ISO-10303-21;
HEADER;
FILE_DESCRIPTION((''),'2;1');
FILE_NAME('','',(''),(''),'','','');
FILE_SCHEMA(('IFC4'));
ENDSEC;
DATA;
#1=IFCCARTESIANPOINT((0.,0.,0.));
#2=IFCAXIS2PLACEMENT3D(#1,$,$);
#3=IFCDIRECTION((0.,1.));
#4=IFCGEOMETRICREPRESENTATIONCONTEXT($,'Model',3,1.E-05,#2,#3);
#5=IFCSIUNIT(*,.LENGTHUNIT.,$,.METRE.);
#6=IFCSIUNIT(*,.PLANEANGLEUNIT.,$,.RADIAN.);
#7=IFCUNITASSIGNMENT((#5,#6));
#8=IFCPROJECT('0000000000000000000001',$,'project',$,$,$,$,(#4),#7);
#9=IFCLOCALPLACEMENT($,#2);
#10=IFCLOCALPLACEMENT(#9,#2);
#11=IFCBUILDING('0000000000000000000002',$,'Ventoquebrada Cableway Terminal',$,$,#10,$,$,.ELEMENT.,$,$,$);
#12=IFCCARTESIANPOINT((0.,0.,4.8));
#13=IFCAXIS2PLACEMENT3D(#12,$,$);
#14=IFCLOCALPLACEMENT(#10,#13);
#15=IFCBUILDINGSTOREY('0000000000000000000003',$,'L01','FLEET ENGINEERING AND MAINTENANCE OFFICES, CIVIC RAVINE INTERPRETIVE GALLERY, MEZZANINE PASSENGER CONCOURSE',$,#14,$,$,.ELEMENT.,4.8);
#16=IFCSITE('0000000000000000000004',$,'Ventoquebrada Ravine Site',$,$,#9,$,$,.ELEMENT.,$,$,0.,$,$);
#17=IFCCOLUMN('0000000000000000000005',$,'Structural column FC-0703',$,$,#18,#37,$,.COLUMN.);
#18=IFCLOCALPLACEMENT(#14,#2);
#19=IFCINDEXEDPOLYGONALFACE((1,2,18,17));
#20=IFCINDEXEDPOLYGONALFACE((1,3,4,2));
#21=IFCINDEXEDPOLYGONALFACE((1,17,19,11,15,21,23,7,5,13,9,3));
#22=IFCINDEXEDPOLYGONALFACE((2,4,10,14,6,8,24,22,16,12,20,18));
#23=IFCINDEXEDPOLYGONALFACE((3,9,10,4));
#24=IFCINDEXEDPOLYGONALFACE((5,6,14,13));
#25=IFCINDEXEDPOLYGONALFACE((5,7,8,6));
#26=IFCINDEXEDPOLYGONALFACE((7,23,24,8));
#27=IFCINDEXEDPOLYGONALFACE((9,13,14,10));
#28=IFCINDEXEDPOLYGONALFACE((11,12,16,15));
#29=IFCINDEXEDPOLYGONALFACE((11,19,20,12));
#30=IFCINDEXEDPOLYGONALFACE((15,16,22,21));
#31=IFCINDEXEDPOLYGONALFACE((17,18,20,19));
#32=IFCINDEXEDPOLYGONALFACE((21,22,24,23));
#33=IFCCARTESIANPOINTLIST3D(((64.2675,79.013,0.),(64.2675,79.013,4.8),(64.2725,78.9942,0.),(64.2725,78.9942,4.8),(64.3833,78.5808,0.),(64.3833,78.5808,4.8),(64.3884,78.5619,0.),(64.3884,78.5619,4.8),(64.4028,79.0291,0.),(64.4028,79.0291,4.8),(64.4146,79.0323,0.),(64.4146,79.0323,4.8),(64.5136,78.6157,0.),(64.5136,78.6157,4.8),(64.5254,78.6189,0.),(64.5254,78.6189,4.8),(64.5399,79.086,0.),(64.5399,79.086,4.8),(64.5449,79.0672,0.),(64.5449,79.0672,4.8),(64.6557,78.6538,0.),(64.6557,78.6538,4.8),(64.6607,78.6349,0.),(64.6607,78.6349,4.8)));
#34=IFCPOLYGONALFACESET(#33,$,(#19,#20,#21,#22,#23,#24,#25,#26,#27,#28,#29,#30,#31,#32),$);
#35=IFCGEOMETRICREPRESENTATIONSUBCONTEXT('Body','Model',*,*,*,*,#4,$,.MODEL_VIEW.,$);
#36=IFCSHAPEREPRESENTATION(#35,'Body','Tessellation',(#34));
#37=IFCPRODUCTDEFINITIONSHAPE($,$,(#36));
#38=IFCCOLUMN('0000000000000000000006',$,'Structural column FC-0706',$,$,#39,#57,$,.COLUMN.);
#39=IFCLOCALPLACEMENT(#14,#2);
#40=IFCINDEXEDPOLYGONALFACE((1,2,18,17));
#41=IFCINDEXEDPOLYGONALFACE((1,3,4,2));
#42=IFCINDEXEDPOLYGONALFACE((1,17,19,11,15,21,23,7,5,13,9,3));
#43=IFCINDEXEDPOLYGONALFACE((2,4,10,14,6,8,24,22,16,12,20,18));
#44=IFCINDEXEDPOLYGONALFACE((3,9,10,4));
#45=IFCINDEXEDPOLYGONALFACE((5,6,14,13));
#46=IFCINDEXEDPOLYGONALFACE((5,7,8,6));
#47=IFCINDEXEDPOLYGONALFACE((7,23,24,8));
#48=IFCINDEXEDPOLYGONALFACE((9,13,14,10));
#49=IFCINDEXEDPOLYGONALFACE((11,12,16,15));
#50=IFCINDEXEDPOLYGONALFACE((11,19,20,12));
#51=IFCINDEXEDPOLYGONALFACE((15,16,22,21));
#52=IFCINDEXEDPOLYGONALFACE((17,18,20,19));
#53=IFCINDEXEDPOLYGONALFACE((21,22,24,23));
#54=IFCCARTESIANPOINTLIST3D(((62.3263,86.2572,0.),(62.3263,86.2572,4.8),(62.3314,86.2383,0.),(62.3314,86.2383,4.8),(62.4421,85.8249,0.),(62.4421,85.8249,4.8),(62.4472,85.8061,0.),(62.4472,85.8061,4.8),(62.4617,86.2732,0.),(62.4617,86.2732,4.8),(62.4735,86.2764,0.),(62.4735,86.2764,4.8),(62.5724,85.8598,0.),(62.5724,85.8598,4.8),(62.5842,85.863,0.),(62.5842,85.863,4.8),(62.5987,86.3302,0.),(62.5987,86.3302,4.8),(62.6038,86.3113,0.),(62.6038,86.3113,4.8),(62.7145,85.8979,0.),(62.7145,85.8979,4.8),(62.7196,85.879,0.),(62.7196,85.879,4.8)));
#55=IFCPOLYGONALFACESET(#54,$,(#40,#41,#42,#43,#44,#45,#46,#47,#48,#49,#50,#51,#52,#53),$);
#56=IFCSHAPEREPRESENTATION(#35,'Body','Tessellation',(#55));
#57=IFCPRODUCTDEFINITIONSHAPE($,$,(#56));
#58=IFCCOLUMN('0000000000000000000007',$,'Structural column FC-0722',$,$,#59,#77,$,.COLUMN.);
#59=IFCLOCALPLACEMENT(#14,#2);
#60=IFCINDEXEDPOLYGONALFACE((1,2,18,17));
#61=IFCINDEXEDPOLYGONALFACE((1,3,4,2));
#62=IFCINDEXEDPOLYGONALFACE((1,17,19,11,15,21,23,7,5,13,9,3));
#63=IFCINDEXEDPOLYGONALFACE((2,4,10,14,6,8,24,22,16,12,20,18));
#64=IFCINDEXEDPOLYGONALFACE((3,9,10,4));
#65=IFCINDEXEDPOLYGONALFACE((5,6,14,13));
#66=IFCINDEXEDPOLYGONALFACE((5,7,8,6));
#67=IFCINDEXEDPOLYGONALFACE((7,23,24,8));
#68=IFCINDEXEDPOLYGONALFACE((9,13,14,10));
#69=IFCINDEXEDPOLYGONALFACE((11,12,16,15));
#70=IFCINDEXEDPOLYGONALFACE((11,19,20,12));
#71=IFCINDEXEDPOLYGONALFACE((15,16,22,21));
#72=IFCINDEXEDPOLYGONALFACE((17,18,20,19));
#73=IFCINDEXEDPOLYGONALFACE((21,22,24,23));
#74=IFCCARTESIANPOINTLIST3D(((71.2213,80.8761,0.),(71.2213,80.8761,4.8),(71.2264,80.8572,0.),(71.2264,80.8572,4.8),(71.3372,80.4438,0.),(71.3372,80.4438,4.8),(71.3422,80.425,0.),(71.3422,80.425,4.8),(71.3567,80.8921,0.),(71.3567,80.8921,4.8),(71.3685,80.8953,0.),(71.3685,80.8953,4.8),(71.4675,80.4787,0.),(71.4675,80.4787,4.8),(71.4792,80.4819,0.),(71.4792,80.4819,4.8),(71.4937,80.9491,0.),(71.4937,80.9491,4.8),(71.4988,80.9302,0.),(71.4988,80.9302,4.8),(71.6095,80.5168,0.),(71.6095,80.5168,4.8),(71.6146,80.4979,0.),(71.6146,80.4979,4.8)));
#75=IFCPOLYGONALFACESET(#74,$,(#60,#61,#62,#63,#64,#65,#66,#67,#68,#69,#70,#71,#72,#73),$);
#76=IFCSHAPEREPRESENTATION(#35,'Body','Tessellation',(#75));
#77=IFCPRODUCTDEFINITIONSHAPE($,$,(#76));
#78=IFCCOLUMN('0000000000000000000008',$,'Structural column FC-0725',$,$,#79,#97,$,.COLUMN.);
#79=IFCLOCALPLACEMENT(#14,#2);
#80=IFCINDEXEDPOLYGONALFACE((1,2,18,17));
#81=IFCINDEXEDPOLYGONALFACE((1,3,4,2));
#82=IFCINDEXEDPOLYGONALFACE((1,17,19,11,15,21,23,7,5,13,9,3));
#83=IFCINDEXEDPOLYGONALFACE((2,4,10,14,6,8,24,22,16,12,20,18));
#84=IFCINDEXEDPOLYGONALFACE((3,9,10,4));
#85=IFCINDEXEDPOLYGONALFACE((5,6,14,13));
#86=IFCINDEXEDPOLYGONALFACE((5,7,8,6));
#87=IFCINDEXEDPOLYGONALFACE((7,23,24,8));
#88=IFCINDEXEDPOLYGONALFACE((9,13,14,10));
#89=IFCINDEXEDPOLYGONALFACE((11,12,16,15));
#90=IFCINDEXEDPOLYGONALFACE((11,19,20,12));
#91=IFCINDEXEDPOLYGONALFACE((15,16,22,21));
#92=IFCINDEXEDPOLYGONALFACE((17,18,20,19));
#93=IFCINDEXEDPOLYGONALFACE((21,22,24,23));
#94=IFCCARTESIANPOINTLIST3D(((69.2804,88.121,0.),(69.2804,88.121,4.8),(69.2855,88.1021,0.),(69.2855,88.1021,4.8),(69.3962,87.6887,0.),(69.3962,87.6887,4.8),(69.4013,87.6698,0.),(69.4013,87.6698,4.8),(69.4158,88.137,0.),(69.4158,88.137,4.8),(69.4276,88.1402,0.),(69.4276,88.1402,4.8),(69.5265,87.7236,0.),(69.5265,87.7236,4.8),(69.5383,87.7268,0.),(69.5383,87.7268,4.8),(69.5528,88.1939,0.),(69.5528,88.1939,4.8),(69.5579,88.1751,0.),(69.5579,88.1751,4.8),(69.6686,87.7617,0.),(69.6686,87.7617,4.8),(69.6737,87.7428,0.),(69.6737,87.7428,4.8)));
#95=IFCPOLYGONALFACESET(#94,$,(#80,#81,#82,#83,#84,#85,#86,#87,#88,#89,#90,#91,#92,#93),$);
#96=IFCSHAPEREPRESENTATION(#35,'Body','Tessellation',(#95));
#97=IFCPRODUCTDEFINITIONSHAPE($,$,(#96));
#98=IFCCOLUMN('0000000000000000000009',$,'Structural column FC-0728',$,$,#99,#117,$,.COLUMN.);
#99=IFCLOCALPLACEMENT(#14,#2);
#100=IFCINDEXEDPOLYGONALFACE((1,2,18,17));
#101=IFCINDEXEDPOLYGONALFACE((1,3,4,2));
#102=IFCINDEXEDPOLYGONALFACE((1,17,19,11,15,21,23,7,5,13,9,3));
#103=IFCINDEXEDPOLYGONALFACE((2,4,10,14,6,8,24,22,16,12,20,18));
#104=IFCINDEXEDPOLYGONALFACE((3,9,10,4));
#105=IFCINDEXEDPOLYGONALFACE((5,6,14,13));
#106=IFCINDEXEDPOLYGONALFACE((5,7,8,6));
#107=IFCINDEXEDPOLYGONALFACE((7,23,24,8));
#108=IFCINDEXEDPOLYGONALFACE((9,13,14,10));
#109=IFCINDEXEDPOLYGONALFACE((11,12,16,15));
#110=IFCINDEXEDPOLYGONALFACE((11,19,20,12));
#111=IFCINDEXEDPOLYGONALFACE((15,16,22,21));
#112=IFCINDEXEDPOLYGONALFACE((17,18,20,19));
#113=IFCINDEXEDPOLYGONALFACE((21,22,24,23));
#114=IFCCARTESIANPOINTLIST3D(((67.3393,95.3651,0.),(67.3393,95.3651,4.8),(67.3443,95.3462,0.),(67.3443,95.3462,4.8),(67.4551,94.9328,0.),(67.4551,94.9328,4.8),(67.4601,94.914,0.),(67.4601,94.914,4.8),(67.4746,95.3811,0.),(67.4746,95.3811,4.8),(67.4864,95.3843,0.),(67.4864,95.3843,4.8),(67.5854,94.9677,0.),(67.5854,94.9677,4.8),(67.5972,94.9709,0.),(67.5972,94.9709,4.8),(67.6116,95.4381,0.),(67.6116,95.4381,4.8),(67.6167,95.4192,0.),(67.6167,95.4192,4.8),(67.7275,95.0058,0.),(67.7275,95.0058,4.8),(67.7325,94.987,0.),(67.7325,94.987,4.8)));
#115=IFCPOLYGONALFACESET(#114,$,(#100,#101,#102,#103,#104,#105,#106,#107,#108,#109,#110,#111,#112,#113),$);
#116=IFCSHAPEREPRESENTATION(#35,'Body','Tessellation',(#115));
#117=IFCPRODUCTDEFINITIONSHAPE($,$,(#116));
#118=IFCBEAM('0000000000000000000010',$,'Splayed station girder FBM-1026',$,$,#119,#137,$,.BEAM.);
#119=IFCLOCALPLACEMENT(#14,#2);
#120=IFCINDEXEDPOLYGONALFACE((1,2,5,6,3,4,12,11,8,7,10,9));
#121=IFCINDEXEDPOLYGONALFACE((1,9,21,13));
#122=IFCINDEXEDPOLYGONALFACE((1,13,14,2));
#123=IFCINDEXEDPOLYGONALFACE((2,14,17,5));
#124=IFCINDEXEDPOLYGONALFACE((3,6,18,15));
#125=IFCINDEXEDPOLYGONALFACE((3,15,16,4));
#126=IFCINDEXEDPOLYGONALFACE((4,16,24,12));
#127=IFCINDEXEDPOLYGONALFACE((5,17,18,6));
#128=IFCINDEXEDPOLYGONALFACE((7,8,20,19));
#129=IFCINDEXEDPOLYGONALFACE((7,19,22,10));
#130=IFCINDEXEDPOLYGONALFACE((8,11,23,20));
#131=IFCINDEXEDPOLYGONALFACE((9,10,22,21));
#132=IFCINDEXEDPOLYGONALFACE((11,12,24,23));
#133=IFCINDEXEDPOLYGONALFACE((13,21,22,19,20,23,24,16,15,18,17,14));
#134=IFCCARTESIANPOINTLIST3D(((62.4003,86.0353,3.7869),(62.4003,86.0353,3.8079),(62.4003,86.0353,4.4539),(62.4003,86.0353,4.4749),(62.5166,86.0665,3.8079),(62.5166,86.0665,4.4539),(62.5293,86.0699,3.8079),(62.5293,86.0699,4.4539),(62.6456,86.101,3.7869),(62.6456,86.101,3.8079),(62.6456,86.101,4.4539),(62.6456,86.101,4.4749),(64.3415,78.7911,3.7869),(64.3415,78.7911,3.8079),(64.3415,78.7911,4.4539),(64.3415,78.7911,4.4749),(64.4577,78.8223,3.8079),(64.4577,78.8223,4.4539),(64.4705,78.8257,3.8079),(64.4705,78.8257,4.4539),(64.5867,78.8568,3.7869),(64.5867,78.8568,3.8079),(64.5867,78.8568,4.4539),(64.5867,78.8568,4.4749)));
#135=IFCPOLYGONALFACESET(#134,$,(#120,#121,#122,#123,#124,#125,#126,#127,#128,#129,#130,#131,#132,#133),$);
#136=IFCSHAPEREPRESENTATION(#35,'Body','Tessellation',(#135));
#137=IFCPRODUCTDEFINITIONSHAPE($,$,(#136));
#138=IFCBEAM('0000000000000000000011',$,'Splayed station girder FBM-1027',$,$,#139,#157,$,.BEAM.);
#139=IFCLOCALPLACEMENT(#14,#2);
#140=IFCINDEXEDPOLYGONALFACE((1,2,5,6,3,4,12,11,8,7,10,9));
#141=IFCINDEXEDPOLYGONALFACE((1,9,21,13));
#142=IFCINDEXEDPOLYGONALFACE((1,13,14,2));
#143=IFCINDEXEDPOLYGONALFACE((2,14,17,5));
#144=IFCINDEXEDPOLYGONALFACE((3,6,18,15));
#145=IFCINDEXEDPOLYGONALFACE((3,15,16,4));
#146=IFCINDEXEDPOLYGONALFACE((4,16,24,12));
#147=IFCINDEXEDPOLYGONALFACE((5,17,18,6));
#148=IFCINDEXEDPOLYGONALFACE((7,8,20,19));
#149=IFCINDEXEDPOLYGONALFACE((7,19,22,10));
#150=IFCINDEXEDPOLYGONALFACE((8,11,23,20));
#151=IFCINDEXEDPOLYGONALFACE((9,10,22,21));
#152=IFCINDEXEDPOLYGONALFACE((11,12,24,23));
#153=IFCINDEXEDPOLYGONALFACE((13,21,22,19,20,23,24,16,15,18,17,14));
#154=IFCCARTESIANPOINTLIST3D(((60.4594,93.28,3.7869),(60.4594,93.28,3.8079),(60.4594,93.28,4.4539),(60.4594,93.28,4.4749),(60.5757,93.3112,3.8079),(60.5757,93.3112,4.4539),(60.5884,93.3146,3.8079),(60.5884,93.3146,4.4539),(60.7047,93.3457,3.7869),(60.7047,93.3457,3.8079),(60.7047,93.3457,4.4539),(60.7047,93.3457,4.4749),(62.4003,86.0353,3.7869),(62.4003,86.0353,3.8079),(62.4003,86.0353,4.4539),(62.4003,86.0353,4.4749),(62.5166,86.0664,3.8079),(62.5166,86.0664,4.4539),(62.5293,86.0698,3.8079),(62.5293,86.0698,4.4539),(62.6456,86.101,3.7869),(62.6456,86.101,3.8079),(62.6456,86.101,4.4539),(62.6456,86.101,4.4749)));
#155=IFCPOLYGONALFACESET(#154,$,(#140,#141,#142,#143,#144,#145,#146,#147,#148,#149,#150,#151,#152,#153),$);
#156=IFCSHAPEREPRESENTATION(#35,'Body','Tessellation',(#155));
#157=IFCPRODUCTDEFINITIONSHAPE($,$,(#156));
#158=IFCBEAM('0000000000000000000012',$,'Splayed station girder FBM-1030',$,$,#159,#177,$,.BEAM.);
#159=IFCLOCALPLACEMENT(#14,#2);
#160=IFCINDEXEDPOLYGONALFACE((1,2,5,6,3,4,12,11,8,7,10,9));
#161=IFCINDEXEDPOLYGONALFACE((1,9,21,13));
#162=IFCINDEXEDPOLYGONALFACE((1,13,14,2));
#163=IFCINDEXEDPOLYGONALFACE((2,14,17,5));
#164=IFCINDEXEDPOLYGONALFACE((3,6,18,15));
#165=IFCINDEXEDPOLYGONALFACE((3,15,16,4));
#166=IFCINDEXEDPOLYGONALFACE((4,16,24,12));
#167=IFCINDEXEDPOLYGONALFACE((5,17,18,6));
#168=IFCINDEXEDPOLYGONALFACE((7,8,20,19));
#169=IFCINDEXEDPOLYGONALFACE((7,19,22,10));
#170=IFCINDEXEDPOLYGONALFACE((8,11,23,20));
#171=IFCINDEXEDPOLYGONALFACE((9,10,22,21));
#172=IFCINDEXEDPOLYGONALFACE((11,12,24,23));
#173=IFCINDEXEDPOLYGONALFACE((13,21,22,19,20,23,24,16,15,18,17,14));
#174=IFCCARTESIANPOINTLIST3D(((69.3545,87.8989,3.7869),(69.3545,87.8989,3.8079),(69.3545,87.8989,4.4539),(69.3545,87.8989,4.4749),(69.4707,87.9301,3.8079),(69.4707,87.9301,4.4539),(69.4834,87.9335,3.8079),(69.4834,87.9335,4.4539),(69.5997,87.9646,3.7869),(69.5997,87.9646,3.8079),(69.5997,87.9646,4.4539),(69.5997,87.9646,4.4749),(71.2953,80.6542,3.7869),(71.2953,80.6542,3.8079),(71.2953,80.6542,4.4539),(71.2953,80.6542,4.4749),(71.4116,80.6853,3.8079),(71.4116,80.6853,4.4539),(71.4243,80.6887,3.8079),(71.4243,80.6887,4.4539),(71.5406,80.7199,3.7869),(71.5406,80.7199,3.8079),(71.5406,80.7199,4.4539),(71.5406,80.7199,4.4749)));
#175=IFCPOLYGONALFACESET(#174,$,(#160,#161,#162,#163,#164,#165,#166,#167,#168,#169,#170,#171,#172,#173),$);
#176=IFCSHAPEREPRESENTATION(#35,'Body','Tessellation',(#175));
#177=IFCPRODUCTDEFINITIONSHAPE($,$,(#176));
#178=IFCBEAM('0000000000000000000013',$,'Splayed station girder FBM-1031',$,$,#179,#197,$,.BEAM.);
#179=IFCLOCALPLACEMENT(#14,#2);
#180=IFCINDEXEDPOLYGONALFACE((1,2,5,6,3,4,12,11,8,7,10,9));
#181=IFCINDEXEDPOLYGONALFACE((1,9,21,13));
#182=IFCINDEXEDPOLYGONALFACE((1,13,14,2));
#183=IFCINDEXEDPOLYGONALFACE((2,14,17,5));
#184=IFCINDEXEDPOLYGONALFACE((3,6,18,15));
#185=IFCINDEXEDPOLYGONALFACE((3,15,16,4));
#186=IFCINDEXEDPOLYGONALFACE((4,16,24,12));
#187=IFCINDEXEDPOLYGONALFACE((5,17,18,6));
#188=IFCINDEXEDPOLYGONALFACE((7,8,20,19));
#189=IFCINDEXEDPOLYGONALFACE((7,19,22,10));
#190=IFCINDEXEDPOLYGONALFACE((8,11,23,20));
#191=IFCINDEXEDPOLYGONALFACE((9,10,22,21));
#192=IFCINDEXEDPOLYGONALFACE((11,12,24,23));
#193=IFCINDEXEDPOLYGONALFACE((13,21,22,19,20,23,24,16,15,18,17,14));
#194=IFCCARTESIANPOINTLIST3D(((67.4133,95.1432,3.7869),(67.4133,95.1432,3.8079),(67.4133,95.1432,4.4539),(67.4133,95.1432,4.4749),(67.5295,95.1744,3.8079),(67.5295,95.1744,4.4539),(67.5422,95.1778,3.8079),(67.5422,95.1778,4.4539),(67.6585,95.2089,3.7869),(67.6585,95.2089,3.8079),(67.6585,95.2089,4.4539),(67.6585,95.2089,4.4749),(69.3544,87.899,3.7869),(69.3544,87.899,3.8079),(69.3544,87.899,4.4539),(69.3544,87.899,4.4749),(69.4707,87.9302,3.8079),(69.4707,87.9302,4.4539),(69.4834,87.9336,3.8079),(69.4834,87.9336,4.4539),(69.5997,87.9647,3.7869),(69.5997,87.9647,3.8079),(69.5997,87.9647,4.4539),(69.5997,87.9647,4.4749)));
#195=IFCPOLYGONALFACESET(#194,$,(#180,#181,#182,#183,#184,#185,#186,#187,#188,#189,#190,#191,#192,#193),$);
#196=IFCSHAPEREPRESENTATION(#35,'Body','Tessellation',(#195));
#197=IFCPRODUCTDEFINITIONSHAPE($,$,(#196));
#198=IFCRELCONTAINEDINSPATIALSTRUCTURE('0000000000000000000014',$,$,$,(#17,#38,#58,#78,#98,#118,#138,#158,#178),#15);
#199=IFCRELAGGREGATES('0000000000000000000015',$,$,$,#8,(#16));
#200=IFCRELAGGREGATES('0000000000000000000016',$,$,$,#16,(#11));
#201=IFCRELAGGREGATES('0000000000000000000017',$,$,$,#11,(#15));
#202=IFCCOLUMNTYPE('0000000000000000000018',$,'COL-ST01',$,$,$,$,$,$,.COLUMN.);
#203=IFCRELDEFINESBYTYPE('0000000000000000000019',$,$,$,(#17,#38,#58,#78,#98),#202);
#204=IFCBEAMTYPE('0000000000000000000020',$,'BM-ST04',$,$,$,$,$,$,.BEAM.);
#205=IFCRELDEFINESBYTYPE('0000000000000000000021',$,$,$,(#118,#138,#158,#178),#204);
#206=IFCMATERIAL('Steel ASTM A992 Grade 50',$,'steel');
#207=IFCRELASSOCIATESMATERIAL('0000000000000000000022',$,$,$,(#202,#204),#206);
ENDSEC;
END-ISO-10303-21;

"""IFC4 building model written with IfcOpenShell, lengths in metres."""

from ifc_helpers import new_model, si_unit, direction, frame, origin, origin_2d, place, context, subcontext, project, spatial, i_section, extrude, material, material_profile, profile_set, type_object, element, save


model = new_model("IFC4")

# Units and contexts
model_context = context("Model", 3, precision=1e-05, world=origin(), true_north=direction((0.0, 1.0)))
body_context = subcontext(model_context, "Body", "Model", "MODEL_VIEW")
ifc_project = project(units=[si_unit("LENGTHUNIT", "METRE"), si_unit("PLANEANGLEUNIT", "RADIAN")], contexts=[model_context])

# Site, building, storey
site_placement = place(None, origin())
site = spatial("IfcSite", under=ifc_project, at=site_placement, Name="Ventoquebrada Ravine Site", CompositionType="ELEMENT", RefElevation=0.0)
building_placement = place(site_placement, origin())
building = spatial("IfcBuilding", under=site, at=building_placement, Name="Ventoquebrada Cableway Terminal", CompositionType="ELEMENT")
storey_placement = place(building_placement, frame((0.0, 0.0, 4.8)))
storey = spatial("IfcBuildingStorey", under=building, at=storey_placement, Name="L01", Description="FLEET ENGINEERING AND MAINTENANCE OFFICES, CIVIC RAVINE INTERPRETIVE GALLERY, MEZZANINE PASSENGER CONCOURSE", CompositionType="ELEMENT", Elevation=4.8)

# Columns
ifc_material_1 = material(Name="Steel ASTM A992 Grade 50", Category="steel")
ifc_material_profile_1 = material_profile(ifc_material_1, i_section(OverallWidth=0.282, OverallDepth=0.467, WebThickness=0.0122, FlangeThickness=0.0195, at=origin_2d()), Name="W18X86")
ifc_profile_set_1 = profile_set([ifc_material_profile_1], Name="Steel ASTM A992 Grade 50")
column_type = type_object("IfcColumnType", Name="COL-ST01", PredefinedType="COLUMN", material=ifc_profile_set_1)
for number, where, z_axis, x_axis, name in (
    (1, (64.4641, 78.824, 0.0), (0.0, 0.0, 1.0), (0.965926, 0.258819, 0.0), "Structural column FC-0703"),
    (2, (62.5229, 86.0681, 0.0), (0.0, 0.0, 1.0), (0.965926, 0.258819, 0.0), "Structural column FC-0706"),
    (3, (71.418, 80.687, 0.0), (0.0, 0.0, 1.0), (0.965926, 0.258819, 0.0), "Structural column FC-0722"),
    (4, (69.4771, 87.9319, 0.0), (0.0, 0.0, 1.0), (0.965926, 0.258819, 0.0), "Structural column FC-0725"),
    (5, (67.5359, 95.176, 0.0), (0.0, 0.0, 1.0), (0.965926, 0.258819, 0.0), "Structural column FC-0728"),
):
    element("IfcColumn", number, at=place(storey_placement, frame(where, z_axis=z_axis, x_axis=x_axis)), inside=storey, type_object=column_type, Name=name, PredefinedType="COLUMN", context=body_context, shape_type="SweptSolid", body=[
        extrude(i_section(OverallWidth=0.282, OverallDepth=0.467, WebThickness=0.0122, FlangeThickness=0.0195, at=origin_2d()), origin(), (0.0, 0.0, 1.0), 4.8),
    ])

# Beams
ifc_material_profile_2 = material_profile(ifc_material_1, i_section(OverallWidth=0.2539, OverallDepth=0.688, WebThickness=0.0132, FlangeThickness=0.021, at=origin_2d()), Name="W27X102")
ifc_profile_set_2 = profile_set([ifc_material_profile_2], Name="Steel ASTM A992 Grade 50")
beam_type_1 = type_object("IfcBeamType", Name="BM-ST04", PredefinedType="BEAM", material=ifc_profile_set_2)
beam_1_placement = place(storey_placement, frame((64.4641, 78.824, 4.1309), z_axis=(-0.258832, 0.965922, 0.0), x_axis=(-0.965922, -0.258832, 0.0)))
element("IfcBeam", 6, at=beam_1_placement, inside=storey, type_object=beam_type_1, Name="Splayed station girder FBM-1026", PredefinedType="BEAM", context=body_context, shape_type="SweptSolid", body=[
    extrude(i_section(OverallWidth=0.2539, OverallDepth=0.688, WebThickness=0.0132, FlangeThickness=0.021, at=origin_2d()), origin(), (0.0, 0.0, 1.0), 7.4998),
])
for number, where, z_axis, x_axis, name in (
    (7, (62.5229, 86.0681, 4.1309), (-0.258777, 0.965937, 0.0), (-0.965937, -0.258777, 0.0), "Splayed station girder FBM-1027"),
    (8, (71.418, 80.687, 4.1309), (-0.258777, 0.965937, 0.0), (-0.965937, -0.258777, 0.0), "Splayed station girder FBM-1030"),
):
    element("IfcBeam", number, at=place(storey_placement, frame(where, z_axis=z_axis, x_axis=x_axis)), inside=storey, type_object=beam_type_1, Name=name, PredefinedType="BEAM", context=body_context, shape_type="SweptSolid", body=[
        extrude(i_section(OverallWidth=0.2539, OverallDepth=0.688, WebThickness=0.0132, FlangeThickness=0.021, at=origin_2d()), origin(), (0.0, 0.0, 1.0), 7.5002),
    ])
beam_2_placement = place(storey_placement, frame((69.4771, 87.9319, 4.1309), z_axis=(-0.258832, 0.965922, 0.0), x_axis=(-0.965922, -0.258832, 0.0)))
element("IfcBeam", 9, at=beam_2_placement, inside=storey, type_object=beam_type_1, Name="Splayed station girder FBM-1031", PredefinedType="BEAM", context=body_context, shape_type="SweptSolid", body=[
    extrude(i_section(OverallWidth=0.2539, OverallDepth=0.688, WebThickness=0.0132, FlangeThickness=0.021, at=origin_2d()), origin(), (0.0, 0.0, 1.0), 7.4998),
])

save(model, "model.ifc")
